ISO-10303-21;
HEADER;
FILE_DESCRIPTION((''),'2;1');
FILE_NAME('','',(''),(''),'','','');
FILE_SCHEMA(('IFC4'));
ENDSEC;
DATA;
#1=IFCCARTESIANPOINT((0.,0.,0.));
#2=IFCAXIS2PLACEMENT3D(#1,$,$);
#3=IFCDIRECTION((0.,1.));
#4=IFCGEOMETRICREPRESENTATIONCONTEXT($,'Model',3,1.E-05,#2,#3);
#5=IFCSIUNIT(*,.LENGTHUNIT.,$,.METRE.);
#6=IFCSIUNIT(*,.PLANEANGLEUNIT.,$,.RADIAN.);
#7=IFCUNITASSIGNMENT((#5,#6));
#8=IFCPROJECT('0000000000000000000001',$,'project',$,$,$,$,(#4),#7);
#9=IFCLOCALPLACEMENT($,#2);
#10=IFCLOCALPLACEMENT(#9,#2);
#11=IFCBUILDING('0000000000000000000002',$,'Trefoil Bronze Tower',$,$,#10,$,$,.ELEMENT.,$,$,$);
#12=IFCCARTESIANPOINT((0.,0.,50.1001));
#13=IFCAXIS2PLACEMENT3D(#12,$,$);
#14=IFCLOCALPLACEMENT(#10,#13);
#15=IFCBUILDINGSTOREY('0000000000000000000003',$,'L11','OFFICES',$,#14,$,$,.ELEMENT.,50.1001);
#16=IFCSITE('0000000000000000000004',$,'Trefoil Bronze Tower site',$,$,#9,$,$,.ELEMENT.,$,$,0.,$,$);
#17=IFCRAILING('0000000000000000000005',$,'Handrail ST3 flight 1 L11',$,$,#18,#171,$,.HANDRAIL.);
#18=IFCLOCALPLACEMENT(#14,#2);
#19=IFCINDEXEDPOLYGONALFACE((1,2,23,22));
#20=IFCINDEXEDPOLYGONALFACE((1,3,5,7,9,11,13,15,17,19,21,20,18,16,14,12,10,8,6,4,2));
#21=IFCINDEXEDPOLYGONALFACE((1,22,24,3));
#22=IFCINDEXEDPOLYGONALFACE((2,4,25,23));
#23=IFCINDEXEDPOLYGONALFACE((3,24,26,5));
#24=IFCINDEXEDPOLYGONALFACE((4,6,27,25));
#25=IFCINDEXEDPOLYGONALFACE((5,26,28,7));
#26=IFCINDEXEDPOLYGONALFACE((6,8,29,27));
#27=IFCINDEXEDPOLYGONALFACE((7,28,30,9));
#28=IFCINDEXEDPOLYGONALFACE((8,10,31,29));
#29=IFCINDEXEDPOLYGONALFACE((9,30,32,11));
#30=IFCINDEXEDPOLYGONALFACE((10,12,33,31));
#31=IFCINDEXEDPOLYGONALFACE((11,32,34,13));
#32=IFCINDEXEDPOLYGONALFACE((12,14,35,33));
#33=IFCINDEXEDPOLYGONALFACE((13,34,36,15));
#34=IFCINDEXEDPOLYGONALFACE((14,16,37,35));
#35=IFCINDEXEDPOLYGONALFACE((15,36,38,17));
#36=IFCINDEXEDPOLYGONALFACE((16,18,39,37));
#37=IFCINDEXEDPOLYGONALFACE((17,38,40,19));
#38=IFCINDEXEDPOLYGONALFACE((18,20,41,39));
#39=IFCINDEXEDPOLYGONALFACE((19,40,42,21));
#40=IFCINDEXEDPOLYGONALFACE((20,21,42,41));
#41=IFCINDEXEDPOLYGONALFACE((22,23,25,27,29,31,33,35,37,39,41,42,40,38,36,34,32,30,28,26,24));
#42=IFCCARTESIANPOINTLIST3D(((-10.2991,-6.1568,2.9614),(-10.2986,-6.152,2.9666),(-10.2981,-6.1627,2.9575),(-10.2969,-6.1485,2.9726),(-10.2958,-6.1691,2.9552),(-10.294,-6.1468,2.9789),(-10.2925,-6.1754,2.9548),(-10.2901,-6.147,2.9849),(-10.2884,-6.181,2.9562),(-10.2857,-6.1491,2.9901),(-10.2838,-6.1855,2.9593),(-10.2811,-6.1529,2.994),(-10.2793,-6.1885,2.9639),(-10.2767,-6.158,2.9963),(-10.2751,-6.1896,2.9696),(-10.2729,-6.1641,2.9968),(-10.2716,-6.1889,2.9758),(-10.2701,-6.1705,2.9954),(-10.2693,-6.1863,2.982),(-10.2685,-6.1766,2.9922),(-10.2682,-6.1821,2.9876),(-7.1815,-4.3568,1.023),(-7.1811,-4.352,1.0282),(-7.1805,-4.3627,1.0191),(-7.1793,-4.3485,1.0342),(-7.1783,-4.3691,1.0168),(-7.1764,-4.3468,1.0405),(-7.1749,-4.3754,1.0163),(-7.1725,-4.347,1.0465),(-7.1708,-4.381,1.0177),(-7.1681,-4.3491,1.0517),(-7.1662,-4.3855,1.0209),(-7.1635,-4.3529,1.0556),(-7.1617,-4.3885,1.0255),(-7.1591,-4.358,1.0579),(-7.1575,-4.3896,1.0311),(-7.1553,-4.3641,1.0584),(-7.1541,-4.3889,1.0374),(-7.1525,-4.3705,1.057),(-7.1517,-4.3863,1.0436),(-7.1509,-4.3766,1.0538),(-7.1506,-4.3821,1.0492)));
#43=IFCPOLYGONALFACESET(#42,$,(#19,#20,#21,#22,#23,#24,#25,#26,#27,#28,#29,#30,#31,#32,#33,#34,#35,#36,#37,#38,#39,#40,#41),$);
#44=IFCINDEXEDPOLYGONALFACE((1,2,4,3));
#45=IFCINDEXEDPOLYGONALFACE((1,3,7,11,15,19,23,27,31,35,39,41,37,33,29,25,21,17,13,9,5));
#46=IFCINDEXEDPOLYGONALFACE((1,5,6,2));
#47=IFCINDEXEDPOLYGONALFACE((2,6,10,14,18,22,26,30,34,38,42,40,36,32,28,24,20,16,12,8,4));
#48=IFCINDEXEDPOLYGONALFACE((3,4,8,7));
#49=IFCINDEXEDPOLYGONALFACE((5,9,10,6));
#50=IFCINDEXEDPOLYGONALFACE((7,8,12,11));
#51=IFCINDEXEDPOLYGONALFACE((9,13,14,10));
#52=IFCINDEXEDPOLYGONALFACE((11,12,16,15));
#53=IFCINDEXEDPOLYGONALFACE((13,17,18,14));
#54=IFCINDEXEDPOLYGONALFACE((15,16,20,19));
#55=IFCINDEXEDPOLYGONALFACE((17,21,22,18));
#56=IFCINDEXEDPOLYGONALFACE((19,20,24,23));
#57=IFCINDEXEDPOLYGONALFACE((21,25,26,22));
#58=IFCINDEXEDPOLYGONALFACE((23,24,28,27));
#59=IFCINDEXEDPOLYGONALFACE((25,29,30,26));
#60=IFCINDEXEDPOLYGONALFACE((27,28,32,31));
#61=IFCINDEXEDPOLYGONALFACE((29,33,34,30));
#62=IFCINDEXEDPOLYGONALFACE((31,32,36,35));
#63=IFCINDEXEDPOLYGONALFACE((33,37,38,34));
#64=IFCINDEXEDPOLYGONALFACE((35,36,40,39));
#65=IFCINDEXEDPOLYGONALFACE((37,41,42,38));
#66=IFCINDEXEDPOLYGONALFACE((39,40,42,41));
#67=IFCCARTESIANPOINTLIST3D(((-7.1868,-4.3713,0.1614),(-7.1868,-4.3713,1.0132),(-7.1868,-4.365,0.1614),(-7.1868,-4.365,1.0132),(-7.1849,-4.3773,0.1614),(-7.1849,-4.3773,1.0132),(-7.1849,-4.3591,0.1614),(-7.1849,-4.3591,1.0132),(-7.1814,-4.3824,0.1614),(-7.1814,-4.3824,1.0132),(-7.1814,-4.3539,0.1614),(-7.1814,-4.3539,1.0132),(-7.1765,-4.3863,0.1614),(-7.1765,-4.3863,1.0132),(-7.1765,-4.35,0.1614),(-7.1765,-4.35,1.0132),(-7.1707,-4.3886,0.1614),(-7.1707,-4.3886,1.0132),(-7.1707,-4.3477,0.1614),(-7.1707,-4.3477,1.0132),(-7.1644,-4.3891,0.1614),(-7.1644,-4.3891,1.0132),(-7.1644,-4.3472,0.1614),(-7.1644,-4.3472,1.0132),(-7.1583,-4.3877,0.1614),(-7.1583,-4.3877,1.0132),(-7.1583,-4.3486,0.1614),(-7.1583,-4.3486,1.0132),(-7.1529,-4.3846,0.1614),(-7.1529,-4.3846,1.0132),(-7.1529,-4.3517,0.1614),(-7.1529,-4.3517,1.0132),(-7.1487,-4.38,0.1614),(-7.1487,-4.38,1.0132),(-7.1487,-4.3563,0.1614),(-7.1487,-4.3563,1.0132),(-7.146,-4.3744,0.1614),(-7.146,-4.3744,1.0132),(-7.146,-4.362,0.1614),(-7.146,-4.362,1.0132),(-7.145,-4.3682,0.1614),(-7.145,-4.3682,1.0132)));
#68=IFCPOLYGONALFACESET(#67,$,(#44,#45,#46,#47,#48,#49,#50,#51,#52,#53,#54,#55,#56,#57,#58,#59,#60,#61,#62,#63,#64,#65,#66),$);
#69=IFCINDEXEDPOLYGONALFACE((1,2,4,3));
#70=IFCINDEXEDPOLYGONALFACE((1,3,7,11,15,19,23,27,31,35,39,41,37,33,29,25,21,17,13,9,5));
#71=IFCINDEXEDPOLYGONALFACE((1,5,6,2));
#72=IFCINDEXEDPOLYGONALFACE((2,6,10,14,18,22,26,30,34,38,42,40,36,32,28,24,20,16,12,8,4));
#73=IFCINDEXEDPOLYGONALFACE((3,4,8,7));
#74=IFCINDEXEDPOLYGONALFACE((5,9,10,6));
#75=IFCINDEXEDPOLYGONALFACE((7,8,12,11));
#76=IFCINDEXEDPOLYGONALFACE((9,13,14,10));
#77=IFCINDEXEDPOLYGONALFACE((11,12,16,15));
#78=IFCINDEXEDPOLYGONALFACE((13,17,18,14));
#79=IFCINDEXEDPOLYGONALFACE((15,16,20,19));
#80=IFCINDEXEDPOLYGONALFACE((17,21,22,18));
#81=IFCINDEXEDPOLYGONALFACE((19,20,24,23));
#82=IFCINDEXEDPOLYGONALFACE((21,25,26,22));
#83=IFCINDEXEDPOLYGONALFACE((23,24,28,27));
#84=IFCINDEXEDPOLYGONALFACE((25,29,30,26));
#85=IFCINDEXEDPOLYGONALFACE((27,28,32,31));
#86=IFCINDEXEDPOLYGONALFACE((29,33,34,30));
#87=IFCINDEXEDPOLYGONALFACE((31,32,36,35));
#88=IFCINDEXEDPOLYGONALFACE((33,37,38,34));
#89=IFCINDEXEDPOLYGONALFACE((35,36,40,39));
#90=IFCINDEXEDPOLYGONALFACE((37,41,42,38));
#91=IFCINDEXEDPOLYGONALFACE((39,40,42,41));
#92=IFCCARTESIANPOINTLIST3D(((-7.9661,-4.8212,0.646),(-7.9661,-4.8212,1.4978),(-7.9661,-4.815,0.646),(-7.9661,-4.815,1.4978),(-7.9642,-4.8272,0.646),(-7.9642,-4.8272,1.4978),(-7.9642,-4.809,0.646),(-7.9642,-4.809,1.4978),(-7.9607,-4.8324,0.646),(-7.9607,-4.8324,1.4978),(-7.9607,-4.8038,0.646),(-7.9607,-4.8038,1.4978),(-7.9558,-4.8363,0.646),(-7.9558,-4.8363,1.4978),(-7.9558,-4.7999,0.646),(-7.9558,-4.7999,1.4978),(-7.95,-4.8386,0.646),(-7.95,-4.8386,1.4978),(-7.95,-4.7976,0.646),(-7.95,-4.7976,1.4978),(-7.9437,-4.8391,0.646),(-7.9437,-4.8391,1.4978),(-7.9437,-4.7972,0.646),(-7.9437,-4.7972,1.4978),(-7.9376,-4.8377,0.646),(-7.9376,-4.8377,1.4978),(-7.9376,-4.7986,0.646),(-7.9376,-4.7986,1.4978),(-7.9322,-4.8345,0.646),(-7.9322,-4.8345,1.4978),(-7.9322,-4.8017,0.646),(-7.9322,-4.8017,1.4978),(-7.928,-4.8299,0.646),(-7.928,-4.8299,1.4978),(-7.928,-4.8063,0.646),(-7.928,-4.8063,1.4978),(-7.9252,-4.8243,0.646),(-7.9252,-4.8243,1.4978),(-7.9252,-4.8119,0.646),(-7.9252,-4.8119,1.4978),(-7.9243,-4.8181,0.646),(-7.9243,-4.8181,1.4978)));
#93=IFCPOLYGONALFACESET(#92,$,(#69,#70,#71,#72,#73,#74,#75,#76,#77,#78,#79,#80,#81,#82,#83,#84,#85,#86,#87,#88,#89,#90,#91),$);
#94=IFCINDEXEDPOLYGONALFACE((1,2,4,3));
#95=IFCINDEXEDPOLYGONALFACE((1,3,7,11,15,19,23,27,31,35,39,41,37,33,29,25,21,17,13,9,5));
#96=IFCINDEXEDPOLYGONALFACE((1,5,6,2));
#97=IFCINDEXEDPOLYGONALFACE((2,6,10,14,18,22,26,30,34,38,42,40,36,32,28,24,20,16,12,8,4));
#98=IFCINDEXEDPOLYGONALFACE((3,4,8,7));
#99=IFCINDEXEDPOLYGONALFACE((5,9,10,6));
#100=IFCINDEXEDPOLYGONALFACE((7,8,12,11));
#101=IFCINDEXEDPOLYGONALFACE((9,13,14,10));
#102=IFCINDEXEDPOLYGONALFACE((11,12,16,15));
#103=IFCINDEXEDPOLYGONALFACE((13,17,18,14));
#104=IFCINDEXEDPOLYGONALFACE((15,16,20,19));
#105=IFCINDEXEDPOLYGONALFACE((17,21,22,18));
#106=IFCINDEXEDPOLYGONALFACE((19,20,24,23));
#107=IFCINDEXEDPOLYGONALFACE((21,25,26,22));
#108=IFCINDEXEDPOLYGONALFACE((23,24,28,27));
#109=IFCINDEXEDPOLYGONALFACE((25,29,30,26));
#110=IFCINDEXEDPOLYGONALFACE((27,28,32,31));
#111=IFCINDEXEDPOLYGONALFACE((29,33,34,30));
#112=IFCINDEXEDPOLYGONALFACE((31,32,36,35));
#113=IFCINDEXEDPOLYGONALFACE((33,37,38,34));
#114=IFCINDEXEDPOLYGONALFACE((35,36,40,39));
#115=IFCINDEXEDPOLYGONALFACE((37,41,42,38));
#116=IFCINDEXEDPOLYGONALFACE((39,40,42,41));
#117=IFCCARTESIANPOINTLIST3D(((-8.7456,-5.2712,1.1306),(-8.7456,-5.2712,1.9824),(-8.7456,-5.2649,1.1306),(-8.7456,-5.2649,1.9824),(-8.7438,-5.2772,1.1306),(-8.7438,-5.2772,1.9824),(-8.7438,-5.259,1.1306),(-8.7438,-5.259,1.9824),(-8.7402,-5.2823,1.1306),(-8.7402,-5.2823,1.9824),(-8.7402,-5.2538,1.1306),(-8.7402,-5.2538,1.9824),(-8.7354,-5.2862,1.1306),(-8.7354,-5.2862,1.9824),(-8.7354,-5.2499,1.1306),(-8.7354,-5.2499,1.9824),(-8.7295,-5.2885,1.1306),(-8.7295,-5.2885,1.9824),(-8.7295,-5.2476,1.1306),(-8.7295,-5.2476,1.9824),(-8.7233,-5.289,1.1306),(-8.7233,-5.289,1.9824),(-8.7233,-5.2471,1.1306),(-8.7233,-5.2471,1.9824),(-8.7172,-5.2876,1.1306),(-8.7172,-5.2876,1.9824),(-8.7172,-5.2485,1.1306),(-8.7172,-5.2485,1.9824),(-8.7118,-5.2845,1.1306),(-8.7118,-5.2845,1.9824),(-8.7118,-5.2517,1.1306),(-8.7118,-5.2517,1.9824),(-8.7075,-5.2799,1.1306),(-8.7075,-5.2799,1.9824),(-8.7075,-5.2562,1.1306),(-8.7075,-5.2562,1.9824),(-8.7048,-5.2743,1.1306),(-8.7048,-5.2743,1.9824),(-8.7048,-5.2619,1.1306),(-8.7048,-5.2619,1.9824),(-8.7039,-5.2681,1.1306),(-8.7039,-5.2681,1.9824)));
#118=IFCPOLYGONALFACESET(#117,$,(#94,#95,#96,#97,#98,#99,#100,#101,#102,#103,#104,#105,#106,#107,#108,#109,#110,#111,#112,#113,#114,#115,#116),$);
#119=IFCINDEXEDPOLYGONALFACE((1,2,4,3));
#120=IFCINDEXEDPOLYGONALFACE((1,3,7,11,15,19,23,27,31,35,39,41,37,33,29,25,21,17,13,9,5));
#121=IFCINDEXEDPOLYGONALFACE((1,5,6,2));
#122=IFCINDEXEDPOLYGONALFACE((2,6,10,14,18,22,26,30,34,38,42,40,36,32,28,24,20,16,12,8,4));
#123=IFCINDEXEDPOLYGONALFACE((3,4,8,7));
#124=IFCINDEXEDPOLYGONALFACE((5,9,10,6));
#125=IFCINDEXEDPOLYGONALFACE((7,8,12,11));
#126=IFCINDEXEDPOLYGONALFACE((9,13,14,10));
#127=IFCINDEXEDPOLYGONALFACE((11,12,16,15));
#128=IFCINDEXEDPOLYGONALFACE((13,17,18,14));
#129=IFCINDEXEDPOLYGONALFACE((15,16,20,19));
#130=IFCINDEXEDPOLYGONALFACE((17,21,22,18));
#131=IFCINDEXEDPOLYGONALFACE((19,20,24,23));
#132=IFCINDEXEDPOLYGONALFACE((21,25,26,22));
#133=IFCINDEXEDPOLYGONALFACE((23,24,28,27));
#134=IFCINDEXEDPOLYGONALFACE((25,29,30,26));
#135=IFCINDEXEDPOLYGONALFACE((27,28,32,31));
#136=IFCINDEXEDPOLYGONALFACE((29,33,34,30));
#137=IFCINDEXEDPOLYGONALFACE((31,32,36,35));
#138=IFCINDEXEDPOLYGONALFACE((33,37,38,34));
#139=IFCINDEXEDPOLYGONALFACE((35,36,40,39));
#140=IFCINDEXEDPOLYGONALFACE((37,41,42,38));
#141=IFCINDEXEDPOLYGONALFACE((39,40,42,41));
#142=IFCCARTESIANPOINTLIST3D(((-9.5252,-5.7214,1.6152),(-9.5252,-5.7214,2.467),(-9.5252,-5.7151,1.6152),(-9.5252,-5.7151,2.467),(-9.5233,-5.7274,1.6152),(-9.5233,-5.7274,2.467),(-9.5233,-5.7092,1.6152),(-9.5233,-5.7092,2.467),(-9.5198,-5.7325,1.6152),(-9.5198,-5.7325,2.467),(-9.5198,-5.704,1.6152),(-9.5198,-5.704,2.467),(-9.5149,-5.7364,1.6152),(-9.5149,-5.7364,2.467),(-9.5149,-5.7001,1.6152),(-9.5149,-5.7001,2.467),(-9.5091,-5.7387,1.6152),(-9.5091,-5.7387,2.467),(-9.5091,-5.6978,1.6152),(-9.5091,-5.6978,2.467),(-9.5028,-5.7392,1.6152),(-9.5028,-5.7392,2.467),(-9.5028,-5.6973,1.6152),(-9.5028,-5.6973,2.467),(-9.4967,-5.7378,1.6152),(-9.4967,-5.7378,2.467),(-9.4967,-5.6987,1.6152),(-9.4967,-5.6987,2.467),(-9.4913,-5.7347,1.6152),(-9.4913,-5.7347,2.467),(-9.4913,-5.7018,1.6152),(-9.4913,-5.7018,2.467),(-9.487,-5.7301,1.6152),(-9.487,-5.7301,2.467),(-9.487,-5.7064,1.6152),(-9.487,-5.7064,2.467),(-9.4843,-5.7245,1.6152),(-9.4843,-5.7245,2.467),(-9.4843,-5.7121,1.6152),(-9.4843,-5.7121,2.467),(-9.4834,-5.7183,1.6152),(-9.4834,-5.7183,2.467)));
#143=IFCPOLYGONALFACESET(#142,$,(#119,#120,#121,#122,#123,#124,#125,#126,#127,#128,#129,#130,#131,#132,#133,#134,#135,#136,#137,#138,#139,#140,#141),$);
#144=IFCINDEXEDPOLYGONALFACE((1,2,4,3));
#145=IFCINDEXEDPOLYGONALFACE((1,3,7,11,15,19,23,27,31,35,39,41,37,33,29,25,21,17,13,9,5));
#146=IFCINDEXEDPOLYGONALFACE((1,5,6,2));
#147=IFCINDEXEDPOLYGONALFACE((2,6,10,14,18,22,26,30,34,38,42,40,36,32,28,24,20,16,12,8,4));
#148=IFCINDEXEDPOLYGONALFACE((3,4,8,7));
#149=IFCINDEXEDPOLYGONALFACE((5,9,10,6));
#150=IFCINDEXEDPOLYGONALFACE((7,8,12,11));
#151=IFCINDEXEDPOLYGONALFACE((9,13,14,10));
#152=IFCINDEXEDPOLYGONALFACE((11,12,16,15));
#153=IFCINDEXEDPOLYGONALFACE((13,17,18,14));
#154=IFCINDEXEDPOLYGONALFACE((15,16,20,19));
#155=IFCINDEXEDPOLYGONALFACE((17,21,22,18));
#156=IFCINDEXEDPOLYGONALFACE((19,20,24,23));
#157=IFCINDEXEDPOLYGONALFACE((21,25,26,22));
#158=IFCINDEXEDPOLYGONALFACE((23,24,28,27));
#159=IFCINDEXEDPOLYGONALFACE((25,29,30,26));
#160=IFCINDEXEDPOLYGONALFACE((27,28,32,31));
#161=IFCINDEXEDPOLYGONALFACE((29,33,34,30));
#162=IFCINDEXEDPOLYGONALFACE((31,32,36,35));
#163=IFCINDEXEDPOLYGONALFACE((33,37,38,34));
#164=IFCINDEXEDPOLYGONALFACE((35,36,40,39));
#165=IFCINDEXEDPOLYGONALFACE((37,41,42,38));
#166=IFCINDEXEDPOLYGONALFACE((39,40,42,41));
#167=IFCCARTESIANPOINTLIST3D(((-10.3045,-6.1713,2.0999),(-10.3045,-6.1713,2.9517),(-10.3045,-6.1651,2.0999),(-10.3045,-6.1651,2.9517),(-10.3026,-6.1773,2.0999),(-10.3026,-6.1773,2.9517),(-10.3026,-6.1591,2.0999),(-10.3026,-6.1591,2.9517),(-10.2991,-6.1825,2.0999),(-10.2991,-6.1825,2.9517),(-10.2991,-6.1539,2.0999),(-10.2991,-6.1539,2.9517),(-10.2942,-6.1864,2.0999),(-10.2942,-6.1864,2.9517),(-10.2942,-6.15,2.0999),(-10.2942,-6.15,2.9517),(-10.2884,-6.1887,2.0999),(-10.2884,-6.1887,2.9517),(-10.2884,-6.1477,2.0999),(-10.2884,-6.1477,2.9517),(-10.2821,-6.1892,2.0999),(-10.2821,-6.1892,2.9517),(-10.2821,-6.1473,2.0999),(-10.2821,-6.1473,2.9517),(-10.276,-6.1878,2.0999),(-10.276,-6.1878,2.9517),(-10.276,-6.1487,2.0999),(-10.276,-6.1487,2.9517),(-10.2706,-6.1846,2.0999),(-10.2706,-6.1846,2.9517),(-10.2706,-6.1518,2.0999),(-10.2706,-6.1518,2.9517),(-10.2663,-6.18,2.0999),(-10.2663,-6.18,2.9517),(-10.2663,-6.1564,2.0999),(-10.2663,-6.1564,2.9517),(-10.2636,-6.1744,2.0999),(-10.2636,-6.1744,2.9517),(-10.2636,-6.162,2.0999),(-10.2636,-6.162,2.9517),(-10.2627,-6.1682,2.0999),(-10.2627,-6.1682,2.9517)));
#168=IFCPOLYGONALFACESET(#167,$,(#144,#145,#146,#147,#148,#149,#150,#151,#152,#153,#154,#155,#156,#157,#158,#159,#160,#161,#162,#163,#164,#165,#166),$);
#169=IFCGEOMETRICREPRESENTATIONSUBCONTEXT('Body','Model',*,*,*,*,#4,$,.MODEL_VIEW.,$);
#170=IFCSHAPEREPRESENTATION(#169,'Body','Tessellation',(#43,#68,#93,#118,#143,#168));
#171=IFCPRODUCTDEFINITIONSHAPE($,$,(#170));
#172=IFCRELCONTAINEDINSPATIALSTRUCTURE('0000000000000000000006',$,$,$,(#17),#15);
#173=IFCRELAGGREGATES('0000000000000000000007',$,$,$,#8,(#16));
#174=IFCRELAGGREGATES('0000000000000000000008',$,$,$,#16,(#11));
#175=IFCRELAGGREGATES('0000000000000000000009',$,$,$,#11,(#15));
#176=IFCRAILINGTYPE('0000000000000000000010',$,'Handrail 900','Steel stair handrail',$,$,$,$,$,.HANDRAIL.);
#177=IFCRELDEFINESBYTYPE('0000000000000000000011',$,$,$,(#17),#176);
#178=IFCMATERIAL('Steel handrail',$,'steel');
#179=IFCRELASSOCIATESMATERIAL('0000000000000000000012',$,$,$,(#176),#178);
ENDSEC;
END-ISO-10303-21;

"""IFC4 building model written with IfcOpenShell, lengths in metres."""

from ifc_helpers import new_model, si_unit, direction, frame, origin, origin_2d, place, context, subcontext, project, spatial, circle, extrude, material, type_object, element, save


model = new_model("IFC4")

# Units and contexts
model_context = context("Model", 3, precision=1e-05, world=origin(), true_north=direction((0.0, 1.0)))
body_context = subcontext(model_context, "Body", "Model", "MODEL_VIEW")
ifc_project = project(units=[si_unit("LENGTHUNIT", "METRE"), si_unit("PLANEANGLEUNIT", "RADIAN")], contexts=[model_context])

# Site, building, storey
site_placement = place(None, origin())
site = spatial("IfcSite", under=ifc_project, at=site_placement, Name="Trefoil Bronze Tower site", CompositionType="ELEMENT", RefElevation=0.0)
building_placement = place(site_placement, origin())
building = spatial("IfcBuilding", under=site, at=building_placement, Name="Trefoil Bronze Tower", CompositionType="ELEMENT")
storey_placement = place(building_placement, frame((0.0, 0.0, 50.1001)))
storey = spatial("IfcBuildingStorey", under=building, at=storey_placement, Name="L11", Description="OFFICES", CompositionType="ELEMENT", Elevation=50.1001)

# Railing
ifc_material_1 = material(Name="Steel handrail", Category="steel")
railing_type = type_object("IfcRailingType", Name="Handrail 900", Description="Steel stair handrail", PredefinedType="HANDRAIL", material=ifc_material_1)
railing_1_placement = place(storey_placement, frame((-7.166, -4.3682, 0.1614)))
element("IfcRailing", 1, at=railing_1_placement, inside=storey, type_object=railing_type, Name="Handrail ST3 flight 1 L11", PredefinedType="HANDRAIL", context=body_context, shape_type="SweptSolid", body=[
    extrude(circle(Radius=0.0239, at=origin_2d()), frame((0.0, 0.0, 0.876), z_axis=(-0.762503, -0.440246, 0.474102), x_axis=(0.500012, -0.866018, 0.0)), (0.0, 0.0, 1.0), 4.0886),
    extrude(circle(Radius=0.021, at=origin_2d()), origin(), (0.0, 0.0, 1.0), 0.8518),
    extrude(circle(Radius=0.021, at=origin_2d()), frame((-0.7793, -0.45, 0.4846)), (0.0, 0.0, 1.0), 0.8518),
    extrude(circle(Radius=0.021, at=origin_2d()), frame((-1.5588, -0.8999, 0.9692)), (0.0, 0.0, 1.0), 0.8518),
    extrude(circle(Radius=0.021, at=origin_2d()), frame((-2.3384, -1.3501, 1.4539)), (0.0, 0.0, 1.0), 0.8518),
    extrude(circle(Radius=0.021, at=origin_2d()), frame((-3.1177, -1.8, 1.9385)), (0.0, 0.0, 1.0), 0.8518),
])

save(model, "model.ifc")
